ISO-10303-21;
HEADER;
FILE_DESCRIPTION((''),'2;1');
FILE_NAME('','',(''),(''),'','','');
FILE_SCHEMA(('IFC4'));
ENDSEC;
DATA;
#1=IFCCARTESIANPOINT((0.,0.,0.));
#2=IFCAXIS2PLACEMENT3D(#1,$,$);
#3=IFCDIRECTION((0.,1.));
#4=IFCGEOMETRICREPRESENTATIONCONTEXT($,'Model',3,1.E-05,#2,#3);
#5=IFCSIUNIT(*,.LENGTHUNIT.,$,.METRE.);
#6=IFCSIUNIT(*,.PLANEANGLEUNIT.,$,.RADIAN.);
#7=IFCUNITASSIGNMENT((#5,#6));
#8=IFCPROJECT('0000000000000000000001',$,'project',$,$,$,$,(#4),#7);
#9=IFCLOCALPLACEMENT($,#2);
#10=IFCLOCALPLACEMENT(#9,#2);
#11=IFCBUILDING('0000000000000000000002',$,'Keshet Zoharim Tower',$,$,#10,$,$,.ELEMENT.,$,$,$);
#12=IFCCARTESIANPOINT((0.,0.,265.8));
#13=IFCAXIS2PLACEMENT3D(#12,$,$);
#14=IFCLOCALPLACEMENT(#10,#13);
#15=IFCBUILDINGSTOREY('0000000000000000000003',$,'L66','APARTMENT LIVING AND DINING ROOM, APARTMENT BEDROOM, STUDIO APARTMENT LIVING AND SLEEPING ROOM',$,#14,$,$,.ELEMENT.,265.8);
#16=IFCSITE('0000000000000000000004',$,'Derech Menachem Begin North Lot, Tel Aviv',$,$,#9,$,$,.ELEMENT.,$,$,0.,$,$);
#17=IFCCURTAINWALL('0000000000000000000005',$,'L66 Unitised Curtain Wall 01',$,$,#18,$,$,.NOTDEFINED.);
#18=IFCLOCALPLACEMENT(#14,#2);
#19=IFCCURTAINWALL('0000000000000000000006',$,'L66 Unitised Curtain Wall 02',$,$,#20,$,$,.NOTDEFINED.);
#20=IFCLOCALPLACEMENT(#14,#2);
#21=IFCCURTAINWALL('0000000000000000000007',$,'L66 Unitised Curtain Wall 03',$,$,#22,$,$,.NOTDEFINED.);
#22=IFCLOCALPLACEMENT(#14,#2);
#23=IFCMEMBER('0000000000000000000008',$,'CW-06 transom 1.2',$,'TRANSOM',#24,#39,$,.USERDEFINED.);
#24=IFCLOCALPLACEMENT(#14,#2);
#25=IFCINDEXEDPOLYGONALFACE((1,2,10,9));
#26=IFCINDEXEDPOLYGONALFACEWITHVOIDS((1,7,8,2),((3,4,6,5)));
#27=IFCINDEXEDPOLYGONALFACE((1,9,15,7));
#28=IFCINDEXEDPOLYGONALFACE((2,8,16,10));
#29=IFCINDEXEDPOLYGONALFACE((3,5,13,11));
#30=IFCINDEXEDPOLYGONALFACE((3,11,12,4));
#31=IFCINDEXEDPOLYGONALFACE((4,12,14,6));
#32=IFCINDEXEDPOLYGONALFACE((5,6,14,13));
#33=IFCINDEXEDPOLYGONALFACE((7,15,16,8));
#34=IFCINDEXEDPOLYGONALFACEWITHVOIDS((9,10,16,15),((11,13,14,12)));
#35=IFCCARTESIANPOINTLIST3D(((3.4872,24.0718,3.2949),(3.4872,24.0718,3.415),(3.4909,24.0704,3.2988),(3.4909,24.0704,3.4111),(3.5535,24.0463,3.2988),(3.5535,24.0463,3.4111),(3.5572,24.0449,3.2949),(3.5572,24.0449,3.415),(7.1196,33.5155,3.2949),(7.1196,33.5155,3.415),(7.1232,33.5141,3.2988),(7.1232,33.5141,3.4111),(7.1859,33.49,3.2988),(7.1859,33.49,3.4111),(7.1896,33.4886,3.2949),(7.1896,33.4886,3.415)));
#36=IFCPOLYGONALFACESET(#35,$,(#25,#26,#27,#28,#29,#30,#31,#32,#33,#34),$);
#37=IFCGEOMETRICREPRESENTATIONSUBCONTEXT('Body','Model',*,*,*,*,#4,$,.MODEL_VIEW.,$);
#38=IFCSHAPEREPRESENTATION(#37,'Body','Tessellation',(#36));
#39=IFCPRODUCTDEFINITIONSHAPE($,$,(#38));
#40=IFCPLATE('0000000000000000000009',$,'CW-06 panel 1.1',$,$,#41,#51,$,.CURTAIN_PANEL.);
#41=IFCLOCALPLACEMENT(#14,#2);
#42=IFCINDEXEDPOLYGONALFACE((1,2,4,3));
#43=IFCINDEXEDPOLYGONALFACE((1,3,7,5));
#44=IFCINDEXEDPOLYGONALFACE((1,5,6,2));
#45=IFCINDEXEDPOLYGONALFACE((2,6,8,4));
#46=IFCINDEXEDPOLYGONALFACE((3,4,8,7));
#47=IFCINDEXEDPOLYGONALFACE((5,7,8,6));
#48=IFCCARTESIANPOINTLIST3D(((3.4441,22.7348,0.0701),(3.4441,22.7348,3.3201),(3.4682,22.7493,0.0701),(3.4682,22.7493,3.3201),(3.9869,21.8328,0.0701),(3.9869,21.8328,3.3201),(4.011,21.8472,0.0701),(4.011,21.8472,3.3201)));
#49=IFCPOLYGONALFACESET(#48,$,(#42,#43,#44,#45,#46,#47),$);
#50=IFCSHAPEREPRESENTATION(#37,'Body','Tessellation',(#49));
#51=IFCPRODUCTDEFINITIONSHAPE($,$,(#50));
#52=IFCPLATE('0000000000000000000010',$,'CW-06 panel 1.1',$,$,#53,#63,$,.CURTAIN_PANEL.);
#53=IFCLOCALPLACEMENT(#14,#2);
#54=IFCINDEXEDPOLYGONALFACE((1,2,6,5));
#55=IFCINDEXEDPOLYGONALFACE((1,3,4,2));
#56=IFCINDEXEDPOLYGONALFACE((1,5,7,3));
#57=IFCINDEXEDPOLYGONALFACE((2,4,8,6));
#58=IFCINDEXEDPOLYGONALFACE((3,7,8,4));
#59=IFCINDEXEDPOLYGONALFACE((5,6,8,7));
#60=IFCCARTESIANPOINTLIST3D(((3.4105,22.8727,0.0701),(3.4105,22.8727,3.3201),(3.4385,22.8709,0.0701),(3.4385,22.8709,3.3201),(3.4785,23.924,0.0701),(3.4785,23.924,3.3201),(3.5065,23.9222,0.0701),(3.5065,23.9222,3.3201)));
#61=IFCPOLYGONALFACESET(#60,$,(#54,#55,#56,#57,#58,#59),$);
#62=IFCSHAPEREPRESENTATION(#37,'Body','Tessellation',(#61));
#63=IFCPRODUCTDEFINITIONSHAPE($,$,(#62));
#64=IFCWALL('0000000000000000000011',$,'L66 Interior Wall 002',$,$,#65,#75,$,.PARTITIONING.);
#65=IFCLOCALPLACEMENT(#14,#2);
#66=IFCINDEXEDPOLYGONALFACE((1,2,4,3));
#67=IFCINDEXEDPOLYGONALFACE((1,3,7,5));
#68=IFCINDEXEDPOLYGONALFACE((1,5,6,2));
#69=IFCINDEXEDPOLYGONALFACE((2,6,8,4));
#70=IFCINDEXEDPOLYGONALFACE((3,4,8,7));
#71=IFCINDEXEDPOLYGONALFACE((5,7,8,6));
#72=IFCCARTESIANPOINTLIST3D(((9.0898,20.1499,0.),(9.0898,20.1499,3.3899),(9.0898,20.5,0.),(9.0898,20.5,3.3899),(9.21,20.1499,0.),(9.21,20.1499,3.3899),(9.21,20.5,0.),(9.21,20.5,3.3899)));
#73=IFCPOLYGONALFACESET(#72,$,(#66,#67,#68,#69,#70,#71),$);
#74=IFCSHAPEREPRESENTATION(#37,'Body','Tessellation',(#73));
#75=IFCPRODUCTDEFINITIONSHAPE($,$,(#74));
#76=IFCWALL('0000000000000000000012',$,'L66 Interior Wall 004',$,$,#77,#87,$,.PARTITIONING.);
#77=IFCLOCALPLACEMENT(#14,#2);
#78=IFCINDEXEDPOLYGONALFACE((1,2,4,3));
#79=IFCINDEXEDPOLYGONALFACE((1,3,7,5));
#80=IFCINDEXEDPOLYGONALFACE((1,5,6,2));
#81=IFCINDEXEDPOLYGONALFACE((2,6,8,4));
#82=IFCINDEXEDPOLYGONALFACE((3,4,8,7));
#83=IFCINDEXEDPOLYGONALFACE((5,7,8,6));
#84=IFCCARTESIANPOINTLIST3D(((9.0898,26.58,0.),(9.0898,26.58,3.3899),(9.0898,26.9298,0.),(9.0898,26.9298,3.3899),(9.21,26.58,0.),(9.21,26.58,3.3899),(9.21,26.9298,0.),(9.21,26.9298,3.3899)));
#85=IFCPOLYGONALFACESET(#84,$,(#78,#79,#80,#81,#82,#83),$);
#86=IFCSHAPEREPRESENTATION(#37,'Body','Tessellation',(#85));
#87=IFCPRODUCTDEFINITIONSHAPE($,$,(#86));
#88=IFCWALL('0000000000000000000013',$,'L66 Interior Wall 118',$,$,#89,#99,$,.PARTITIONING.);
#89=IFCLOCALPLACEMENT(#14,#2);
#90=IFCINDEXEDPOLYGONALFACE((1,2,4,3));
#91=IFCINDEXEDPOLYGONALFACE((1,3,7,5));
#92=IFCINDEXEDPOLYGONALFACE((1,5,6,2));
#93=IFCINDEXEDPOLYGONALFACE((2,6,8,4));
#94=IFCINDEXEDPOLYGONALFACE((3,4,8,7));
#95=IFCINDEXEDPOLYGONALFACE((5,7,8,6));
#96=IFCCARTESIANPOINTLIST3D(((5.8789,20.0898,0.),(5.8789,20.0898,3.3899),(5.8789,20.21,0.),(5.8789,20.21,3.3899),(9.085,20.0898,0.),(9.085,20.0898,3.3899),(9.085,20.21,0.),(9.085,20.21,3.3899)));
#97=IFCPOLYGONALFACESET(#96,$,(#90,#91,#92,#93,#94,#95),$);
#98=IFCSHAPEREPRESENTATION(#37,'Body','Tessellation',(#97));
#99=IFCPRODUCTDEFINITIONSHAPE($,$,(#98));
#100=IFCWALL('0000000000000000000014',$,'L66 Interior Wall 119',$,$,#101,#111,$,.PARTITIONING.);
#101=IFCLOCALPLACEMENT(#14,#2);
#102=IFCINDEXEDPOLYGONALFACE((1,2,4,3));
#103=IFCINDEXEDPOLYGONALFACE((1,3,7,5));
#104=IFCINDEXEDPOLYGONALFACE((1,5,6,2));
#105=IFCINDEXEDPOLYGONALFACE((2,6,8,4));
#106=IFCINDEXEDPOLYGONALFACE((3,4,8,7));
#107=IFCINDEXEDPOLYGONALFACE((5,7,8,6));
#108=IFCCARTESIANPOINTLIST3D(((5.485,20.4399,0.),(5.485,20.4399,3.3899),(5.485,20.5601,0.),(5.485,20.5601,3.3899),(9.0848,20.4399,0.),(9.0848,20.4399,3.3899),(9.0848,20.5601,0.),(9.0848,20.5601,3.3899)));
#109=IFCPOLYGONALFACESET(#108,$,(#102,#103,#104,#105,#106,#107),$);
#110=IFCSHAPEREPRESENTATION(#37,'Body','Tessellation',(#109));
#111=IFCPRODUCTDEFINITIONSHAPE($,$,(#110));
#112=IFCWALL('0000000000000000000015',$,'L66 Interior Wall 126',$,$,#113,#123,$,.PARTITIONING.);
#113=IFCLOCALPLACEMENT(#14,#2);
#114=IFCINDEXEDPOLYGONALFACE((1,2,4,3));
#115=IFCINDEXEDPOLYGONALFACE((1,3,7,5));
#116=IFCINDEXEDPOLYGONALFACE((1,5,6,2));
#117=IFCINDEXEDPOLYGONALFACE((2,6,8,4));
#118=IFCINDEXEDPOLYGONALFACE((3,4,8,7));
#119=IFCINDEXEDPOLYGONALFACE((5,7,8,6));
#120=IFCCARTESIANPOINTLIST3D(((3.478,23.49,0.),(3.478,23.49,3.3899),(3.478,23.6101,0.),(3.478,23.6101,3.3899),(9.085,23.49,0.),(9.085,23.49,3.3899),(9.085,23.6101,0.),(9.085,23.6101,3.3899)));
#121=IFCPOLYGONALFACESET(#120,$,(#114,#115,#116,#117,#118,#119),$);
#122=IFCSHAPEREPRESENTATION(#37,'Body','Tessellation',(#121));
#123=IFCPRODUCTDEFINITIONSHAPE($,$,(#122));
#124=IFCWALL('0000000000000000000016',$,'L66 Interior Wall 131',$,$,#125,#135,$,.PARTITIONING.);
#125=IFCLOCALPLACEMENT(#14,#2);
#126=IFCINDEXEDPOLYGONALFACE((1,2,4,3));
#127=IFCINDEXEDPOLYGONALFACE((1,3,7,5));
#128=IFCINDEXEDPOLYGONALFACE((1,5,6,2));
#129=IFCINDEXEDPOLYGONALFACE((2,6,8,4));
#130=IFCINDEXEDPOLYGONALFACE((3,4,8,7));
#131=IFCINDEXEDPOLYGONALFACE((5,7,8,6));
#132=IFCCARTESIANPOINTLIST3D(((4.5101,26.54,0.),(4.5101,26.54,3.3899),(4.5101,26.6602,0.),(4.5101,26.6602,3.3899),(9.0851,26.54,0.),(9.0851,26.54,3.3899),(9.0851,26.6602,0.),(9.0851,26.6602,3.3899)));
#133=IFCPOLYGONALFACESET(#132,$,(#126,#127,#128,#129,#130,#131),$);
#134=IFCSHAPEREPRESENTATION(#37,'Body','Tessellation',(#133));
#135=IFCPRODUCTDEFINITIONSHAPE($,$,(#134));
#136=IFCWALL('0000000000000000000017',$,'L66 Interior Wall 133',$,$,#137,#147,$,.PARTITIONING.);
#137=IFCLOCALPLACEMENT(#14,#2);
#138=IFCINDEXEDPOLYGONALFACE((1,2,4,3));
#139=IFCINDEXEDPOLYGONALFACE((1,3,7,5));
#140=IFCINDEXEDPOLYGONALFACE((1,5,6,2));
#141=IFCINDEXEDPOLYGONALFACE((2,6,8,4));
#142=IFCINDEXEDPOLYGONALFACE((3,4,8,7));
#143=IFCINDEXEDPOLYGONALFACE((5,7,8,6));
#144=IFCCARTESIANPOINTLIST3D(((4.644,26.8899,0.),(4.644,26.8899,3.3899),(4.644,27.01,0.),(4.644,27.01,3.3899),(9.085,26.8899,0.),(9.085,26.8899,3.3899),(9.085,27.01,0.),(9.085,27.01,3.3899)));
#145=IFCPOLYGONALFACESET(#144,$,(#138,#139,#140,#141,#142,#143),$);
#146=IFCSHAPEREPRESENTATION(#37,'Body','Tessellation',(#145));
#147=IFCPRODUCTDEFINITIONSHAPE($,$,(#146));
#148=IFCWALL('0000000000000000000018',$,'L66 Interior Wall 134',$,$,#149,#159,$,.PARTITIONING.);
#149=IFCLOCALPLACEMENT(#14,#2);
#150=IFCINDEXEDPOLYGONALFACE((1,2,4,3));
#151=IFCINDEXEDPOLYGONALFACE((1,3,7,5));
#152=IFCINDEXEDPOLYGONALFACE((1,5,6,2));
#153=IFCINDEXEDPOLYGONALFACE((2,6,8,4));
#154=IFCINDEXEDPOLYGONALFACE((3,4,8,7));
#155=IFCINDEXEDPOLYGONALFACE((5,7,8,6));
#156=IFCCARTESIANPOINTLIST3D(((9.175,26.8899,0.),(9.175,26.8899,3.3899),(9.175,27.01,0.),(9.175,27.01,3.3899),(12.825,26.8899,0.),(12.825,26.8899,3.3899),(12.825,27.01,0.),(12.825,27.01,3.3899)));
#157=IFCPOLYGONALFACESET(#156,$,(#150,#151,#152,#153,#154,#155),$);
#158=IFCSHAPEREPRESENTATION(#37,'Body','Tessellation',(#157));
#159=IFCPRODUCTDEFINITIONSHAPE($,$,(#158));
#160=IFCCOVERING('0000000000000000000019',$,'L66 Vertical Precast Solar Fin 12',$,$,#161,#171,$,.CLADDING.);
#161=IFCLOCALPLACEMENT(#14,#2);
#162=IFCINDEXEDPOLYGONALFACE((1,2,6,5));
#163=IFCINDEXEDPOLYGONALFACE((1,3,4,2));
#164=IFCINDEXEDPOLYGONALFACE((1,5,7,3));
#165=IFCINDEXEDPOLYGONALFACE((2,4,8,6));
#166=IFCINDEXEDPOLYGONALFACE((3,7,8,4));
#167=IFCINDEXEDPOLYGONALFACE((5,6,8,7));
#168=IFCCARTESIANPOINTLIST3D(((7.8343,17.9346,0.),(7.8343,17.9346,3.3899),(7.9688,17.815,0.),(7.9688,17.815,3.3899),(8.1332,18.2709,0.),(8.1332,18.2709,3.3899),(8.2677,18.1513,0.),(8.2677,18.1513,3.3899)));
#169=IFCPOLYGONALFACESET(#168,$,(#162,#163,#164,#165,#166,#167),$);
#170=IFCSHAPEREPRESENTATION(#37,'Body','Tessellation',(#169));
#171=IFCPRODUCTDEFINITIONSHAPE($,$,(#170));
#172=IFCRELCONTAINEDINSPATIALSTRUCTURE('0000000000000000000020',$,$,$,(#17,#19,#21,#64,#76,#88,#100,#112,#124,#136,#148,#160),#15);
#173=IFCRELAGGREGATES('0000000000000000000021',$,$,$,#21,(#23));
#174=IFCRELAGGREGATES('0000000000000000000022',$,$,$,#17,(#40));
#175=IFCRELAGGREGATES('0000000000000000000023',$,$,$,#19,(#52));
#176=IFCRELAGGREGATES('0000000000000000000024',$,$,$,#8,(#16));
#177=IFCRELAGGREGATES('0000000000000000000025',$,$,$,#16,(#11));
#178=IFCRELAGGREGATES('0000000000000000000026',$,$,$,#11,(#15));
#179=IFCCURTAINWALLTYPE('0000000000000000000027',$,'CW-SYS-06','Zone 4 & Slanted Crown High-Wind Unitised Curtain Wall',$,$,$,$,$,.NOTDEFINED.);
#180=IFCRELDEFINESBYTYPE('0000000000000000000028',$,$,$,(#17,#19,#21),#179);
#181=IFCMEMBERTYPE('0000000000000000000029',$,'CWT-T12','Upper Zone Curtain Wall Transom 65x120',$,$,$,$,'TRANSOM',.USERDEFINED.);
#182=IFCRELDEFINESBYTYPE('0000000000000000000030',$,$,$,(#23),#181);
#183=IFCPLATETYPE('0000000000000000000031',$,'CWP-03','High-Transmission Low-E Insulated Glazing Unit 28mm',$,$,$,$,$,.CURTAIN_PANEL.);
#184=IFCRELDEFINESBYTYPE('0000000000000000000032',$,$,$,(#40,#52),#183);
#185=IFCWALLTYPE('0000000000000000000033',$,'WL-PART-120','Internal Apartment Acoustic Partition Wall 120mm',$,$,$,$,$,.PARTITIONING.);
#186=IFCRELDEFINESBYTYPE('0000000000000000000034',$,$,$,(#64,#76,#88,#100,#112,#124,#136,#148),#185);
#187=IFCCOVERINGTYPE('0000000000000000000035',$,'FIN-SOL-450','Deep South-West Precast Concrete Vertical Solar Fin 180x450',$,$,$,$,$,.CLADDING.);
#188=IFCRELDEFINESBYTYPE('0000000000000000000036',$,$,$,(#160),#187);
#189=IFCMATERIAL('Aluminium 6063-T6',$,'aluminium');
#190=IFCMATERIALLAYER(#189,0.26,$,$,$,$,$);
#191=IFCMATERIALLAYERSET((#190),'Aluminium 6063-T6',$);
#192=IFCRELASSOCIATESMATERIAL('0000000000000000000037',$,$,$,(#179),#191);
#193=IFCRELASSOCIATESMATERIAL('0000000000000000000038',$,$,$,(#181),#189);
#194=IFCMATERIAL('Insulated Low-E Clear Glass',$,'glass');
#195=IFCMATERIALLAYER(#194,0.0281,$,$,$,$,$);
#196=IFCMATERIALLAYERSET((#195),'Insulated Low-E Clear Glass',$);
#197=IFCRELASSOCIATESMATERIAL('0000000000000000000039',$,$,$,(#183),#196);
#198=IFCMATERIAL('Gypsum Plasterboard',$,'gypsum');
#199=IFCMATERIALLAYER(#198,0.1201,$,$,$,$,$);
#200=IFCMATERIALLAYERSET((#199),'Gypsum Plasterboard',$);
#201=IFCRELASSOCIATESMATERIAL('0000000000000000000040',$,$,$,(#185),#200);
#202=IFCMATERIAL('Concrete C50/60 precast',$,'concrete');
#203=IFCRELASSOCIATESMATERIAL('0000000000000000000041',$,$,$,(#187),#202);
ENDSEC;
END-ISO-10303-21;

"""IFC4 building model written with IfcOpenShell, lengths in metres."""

from ifc_helpers import new_model, si_unit, direction, frame, frame_2d, origin, origin_2d, place, context, subcontext, project, spatial, rectangle, hollow_rectangle, extrude, material, layer, layer_set, material_profile, profile_set, type_object, element, aggregate, save


model = new_model("IFC4")

# Units and contexts
model_context = context("Model", 3, precision=1e-05, world=origin(), true_north=direction((0.0, 1.0)))
body_context = subcontext(model_context, "Body", "Model", "MODEL_VIEW")
ifc_project = project(units=[si_unit("LENGTHUNIT", "METRE"), si_unit("PLANEANGLEUNIT", "RADIAN")], contexts=[model_context])

# Site, building, storey
site_placement = place(None, origin())
site = spatial("IfcSite", under=ifc_project, at=site_placement, Name="Derech Menachem Begin North Lot, Tel Aviv", CompositionType="ELEMENT", RefElevation=0.0)
building_placement = place(site_placement, origin())
building = spatial("IfcBuilding", under=site, at=building_placement, Name="Keshet Zoharim Tower", CompositionType="ELEMENT")
storey_placement = place(building_placement, frame((0.0, 0.0, 265.8)))
storey = spatial("IfcBuildingStorey", under=building, at=storey_placement, Name="L66", Description="APARTMENT LIVING AND DINING ROOM, APARTMENT BEDROOM, STUDIO APARTMENT LIVING AND SLEEPING ROOM", CompositionType="ELEMENT", Elevation=265.8)

# Curtain walls
ifc_material_1 = material(Name="Aluminium 6063-T6", Category="aluminium")
ifc_layer_1 = layer(ifc_material_1, 0.26)
ifc_layer_set_1 = layer_set([ifc_layer_1], Name="Aluminium 6063-T6")
curtain_wall_type = type_object("IfcCurtainWallType", Name="CW-SYS-06", Description="Zone 4 & Slanted Crown High-Wind Unitised Curtain Wall", PredefinedType="NOTDEFINED", material=ifc_layer_set_1)
curtain_wall_1_placement = place(storey_placement, origin())
curtain_wall_1 = element("IfcCurtainWall", 1, at=curtain_wall_1_placement, inside=storey, type_object=curtain_wall_type, Name="L66 Unitised Curtain Wall 01", PredefinedType="NOTDEFINED")
curtain_wall_2_placement = place(storey_placement, origin())
curtain_wall_2 = element("IfcCurtainWall", 2, at=curtain_wall_2_placement, inside=storey, type_object=curtain_wall_type, Name="L66 Unitised Curtain Wall 02", PredefinedType="NOTDEFINED")

# Curtain wall
curtain_wall_3_placement = place(storey_placement, origin())
curtain_wall_3 = element("IfcCurtainWall", 3, at=curtain_wall_3_placement, inside=storey, type_object=curtain_wall_type, Name="L66 Unitised Curtain Wall 03", PredefinedType="NOTDEFINED")

# Member
ifc_material_profile_1 = material_profile(ifc_material_1, hollow_rectangle(XDim=0.075, YDim=0.1201, WallThickness=0.0039, at=origin_2d()), Name="TRN-75x120")
ifc_profile_set_1 = profile_set([ifc_material_profile_1], Name="Aluminium 6063-T6")
member_type_1 = type_object("IfcMemberType", Name="CWT-T12", Description="Upper Zone Curtain Wall Transom 65x120", ElementType="TRANSOM", PredefinedType="USERDEFINED", material=ifc_profile_set_1)
member_1_placement = place(storey_placement, frame((3.5222, 24.0583, 3.355), z_axis=(0.358994, 0.93334, 0.0), x_axis=(-0.93334, 0.358994, 0.0)))
member_1 = element("IfcMember", 4, at=member_1_placement, type_object=member_type_1, Name="CW-06 transom 1.2", ObjectType="TRANSOM", PredefinedType="USERDEFINED", context=body_context, shape_type="SweptSolid", body=[
    extrude(hollow_rectangle(XDim=0.075, YDim=0.1201, WallThickness=0.0039, at=origin_2d()), origin(), (0.0, 0.0, 1.0), 10.1182),
])
aggregate(curtain_wall_3, [member_1])

# Plates
ifc_material_2 = material(Name="Insulated Low-E Clear Glass", Category="glass")
ifc_layer_2 = layer(ifc_material_2, 0.0281)
ifc_layer_set_2 = layer_set([ifc_layer_2], Name="Insulated Low-E Clear Glass")
plate_type = type_object("IfcPlateType", Name="CWP-03", Description="High-Transmission Low-E Insulated Glazing Unit 28mm", PredefinedType="CURTAIN_PANEL", material=ifc_layer_set_2)
plate_1_placement = place(storey_placement, frame((3.7275, 22.291, 0.0701), z_axis=(0.0, 0.0, 1.0), x_axis=(-0.515605, 0.856826, 0.0)))
plate_1 = element("IfcPlate", 5, at=plate_1_placement, type_object=plate_type, Name="CW-06 panel 1.1", PredefinedType="CURTAIN_PANEL", context=body_context, shape_type="SweptSolid", body=[
    extrude(rectangle(XDim=1.0527, YDim=0.0281, at=origin_2d()), origin(), (0.0, 0.0, 1.0), 3.25),
])
aggregate(curtain_wall_1, [plate_1])
plate_2_placement = place(storey_placement, frame((3.4585, 23.3975, 0.0701), z_axis=(0.0, 0.0, 1.0), x_axis=(0.064517, 0.997917, 0.0)))
plate_2 = element("IfcPlate", 6, at=plate_2_placement, type_object=plate_type, Name="CW-06 panel 1.1", PredefinedType="CURTAIN_PANEL", context=body_context, shape_type="SweptSolid", body=[
    extrude(rectangle(XDim=1.0535, YDim=0.0281, at=origin_2d()), origin(), (0.0, 0.0, 1.0), 3.25),
])
aggregate(curtain_wall_2, [plate_2])

# Wall
ifc_material_3 = material(Name="Gypsum Plasterboard", Category="gypsum")
ifc_layer_3 = layer(ifc_material_3, 0.1201)
ifc_layer_set_3 = layer_set([ifc_layer_3], Name="Gypsum Plasterboard")
wall_type = type_object("IfcWallType", Name="WL-PART-120", Description="Internal Apartment Acoustic Partition Wall 120mm", PredefinedType="PARTITIONING", material=ifc_layer_set_3)
wall_1_placement = place(storey_placement, frame((9.1499, 20.1499, 0.0), z_axis=(0.0, 0.0, 1.0), x_axis=(0.0, 1.0, 0.0)))
element("IfcWall", 7, at=wall_1_placement, inside=storey, type_object=wall_type, Name="L66 Interior Wall 002", PredefinedType="PARTITIONING", context=body_context, shape_type="SweptSolid", body=[
    extrude(rectangle(XDim=0.3501, YDim=0.1201, at=frame_2d((0.175, 0.0))), origin(), (0.0, 0.0, 1.0), 3.3899),
])

# Walls
wall_2_placement = place(storey_placement, frame((9.1499, 26.5801, 0.0), z_axis=(0.0, 0.0, 1.0), x_axis=(0.0, 1.0, 0.0)))
element("IfcWall", 8, at=wall_2_placement, inside=storey, type_object=wall_type, Name="L66 Interior Wall 004", PredefinedType="PARTITIONING", context=body_context, shape_type="SweptSolid", body=[
    extrude(rectangle(XDim=0.3499, YDim=0.1201, at=frame_2d((0.1748, 0.0))), origin(), (0.0, 0.0, 1.0), 3.3899),
])
wall_3_placement = place(storey_placement, frame((5.8789, 20.1499, 0.0), z_axis=(0.0, 0.0, 1.0), x_axis=(1.0, 0.0, 0.0)))
element("IfcWall", 9, at=wall_3_placement, inside=storey, type_object=wall_type, Name="L66 Interior Wall 118", PredefinedType="PARTITIONING", context=body_context, shape_type="SweptSolid", body=[
    extrude(rectangle(XDim=3.2061, YDim=0.1201, at=frame_2d((1.603, 0.0))), origin(), (0.0, 0.0, 1.0), 3.3899),
])
wall_4_placement = place(storey_placement, frame((5.4851, 20.5, 0.0), z_axis=(0.0, 0.0, 1.0), x_axis=(1.0, 0.0, 0.0)))
element("IfcWall", 10, at=wall_4_placement, inside=storey, type_object=wall_type, Name="L66 Interior Wall 119", PredefinedType="PARTITIONING", context=body_context, shape_type="SweptSolid", body=[
    extrude(rectangle(XDim=3.5999, YDim=0.1201, at=frame_2d((1.7998, 0.0))), origin(), (0.0, 0.0, 1.0), 3.3899),
])
wall_5_placement = place(storey_placement, frame((3.478, 23.55, 0.0), z_axis=(0.0, 0.0, 1.0), x_axis=(1.0, 0.0, 0.0)))
element("IfcWall", 11, at=wall_5_placement, inside=storey, type_object=wall_type, Name="L66 Interior Wall 126", PredefinedType="PARTITIONING", context=body_context, shape_type="SweptSolid", body=[
    extrude(rectangle(XDim=5.6069, YDim=0.1201, at=frame_2d((2.8035, 0.0))), origin(), (0.0, 0.0, 1.0), 3.3899),
])
wall_6_placement = place(storey_placement, frame((4.51, 26.6001, 0.0), z_axis=(0.0, 0.0, 1.0), x_axis=(1.0, 0.0, 0.0)))
element("IfcWall", 12, at=wall_6_placement, inside=storey, type_object=wall_type, Name="L66 Interior Wall 131", PredefinedType="PARTITIONING", context=body_context, shape_type="SweptSolid", body=[
    extrude(rectangle(XDim=4.575, YDim=0.1201, at=frame_2d((2.2876, 0.0))), origin(), (0.0, 0.0, 1.0), 3.3899),
])
wall_7_placement = place(storey_placement, frame((4.644, 26.95, 0.0), z_axis=(0.0, 0.0, 1.0), x_axis=(1.0, 0.0, 0.0)))
element("IfcWall", 13, at=wall_7_placement, inside=storey, type_object=wall_type, Name="L66 Interior Wall 133", PredefinedType="PARTITIONING", context=body_context, shape_type="SweptSolid", body=[
    extrude(rectangle(XDim=4.4409, YDim=0.1201, at=frame_2d((2.2205, 0.0))), origin(), (0.0, 0.0, 1.0), 3.3899),
])
wall_8_placement = place(storey_placement, frame((9.175, 26.95, 0.0), z_axis=(0.0, 0.0, 1.0), x_axis=(1.0, 0.0, 0.0)))
element("IfcWall", 14, at=wall_8_placement, inside=storey, type_object=wall_type, Name="L66 Interior Wall 134", PredefinedType="PARTITIONING", context=body_context, shape_type="SweptSolid", body=[
    extrude(rectangle(XDim=3.6499, YDim=0.1201, at=frame_2d((1.825, 0.0))), origin(), (0.0, 0.0, 1.0), 3.3899),
])

# Covering
ifc_material_4 = material(Name="Concrete C50/60 precast", Category="concrete")
covering_type = type_object("IfcCoveringType", Name="FIN-SOL-450", Description="Deep South-West Precast Concrete Vertical Solar Fin 180x450", PredefinedType="CLADDING", material=ifc_material_4)
covering_placement = place(storey_placement, frame((8.051, 18.043, 0.0), z_axis=(0.0, 0.0, 1.0), x_axis=(-0.747412, 0.664361, 0.0)))
element("IfcCovering", 15, at=covering_placement, inside=storey, type_object=covering_type, Name="L66 Vertical Precast Solar Fin 12", PredefinedType="CLADDING", context=body_context, shape_type="SweptSolid", body=[
    extrude(rectangle(XDim=0.1799, YDim=0.45, at=origin_2d()), origin(), (0.0, 0.0, 1.0), 3.3899),
])

save(model, "model.ifc")
